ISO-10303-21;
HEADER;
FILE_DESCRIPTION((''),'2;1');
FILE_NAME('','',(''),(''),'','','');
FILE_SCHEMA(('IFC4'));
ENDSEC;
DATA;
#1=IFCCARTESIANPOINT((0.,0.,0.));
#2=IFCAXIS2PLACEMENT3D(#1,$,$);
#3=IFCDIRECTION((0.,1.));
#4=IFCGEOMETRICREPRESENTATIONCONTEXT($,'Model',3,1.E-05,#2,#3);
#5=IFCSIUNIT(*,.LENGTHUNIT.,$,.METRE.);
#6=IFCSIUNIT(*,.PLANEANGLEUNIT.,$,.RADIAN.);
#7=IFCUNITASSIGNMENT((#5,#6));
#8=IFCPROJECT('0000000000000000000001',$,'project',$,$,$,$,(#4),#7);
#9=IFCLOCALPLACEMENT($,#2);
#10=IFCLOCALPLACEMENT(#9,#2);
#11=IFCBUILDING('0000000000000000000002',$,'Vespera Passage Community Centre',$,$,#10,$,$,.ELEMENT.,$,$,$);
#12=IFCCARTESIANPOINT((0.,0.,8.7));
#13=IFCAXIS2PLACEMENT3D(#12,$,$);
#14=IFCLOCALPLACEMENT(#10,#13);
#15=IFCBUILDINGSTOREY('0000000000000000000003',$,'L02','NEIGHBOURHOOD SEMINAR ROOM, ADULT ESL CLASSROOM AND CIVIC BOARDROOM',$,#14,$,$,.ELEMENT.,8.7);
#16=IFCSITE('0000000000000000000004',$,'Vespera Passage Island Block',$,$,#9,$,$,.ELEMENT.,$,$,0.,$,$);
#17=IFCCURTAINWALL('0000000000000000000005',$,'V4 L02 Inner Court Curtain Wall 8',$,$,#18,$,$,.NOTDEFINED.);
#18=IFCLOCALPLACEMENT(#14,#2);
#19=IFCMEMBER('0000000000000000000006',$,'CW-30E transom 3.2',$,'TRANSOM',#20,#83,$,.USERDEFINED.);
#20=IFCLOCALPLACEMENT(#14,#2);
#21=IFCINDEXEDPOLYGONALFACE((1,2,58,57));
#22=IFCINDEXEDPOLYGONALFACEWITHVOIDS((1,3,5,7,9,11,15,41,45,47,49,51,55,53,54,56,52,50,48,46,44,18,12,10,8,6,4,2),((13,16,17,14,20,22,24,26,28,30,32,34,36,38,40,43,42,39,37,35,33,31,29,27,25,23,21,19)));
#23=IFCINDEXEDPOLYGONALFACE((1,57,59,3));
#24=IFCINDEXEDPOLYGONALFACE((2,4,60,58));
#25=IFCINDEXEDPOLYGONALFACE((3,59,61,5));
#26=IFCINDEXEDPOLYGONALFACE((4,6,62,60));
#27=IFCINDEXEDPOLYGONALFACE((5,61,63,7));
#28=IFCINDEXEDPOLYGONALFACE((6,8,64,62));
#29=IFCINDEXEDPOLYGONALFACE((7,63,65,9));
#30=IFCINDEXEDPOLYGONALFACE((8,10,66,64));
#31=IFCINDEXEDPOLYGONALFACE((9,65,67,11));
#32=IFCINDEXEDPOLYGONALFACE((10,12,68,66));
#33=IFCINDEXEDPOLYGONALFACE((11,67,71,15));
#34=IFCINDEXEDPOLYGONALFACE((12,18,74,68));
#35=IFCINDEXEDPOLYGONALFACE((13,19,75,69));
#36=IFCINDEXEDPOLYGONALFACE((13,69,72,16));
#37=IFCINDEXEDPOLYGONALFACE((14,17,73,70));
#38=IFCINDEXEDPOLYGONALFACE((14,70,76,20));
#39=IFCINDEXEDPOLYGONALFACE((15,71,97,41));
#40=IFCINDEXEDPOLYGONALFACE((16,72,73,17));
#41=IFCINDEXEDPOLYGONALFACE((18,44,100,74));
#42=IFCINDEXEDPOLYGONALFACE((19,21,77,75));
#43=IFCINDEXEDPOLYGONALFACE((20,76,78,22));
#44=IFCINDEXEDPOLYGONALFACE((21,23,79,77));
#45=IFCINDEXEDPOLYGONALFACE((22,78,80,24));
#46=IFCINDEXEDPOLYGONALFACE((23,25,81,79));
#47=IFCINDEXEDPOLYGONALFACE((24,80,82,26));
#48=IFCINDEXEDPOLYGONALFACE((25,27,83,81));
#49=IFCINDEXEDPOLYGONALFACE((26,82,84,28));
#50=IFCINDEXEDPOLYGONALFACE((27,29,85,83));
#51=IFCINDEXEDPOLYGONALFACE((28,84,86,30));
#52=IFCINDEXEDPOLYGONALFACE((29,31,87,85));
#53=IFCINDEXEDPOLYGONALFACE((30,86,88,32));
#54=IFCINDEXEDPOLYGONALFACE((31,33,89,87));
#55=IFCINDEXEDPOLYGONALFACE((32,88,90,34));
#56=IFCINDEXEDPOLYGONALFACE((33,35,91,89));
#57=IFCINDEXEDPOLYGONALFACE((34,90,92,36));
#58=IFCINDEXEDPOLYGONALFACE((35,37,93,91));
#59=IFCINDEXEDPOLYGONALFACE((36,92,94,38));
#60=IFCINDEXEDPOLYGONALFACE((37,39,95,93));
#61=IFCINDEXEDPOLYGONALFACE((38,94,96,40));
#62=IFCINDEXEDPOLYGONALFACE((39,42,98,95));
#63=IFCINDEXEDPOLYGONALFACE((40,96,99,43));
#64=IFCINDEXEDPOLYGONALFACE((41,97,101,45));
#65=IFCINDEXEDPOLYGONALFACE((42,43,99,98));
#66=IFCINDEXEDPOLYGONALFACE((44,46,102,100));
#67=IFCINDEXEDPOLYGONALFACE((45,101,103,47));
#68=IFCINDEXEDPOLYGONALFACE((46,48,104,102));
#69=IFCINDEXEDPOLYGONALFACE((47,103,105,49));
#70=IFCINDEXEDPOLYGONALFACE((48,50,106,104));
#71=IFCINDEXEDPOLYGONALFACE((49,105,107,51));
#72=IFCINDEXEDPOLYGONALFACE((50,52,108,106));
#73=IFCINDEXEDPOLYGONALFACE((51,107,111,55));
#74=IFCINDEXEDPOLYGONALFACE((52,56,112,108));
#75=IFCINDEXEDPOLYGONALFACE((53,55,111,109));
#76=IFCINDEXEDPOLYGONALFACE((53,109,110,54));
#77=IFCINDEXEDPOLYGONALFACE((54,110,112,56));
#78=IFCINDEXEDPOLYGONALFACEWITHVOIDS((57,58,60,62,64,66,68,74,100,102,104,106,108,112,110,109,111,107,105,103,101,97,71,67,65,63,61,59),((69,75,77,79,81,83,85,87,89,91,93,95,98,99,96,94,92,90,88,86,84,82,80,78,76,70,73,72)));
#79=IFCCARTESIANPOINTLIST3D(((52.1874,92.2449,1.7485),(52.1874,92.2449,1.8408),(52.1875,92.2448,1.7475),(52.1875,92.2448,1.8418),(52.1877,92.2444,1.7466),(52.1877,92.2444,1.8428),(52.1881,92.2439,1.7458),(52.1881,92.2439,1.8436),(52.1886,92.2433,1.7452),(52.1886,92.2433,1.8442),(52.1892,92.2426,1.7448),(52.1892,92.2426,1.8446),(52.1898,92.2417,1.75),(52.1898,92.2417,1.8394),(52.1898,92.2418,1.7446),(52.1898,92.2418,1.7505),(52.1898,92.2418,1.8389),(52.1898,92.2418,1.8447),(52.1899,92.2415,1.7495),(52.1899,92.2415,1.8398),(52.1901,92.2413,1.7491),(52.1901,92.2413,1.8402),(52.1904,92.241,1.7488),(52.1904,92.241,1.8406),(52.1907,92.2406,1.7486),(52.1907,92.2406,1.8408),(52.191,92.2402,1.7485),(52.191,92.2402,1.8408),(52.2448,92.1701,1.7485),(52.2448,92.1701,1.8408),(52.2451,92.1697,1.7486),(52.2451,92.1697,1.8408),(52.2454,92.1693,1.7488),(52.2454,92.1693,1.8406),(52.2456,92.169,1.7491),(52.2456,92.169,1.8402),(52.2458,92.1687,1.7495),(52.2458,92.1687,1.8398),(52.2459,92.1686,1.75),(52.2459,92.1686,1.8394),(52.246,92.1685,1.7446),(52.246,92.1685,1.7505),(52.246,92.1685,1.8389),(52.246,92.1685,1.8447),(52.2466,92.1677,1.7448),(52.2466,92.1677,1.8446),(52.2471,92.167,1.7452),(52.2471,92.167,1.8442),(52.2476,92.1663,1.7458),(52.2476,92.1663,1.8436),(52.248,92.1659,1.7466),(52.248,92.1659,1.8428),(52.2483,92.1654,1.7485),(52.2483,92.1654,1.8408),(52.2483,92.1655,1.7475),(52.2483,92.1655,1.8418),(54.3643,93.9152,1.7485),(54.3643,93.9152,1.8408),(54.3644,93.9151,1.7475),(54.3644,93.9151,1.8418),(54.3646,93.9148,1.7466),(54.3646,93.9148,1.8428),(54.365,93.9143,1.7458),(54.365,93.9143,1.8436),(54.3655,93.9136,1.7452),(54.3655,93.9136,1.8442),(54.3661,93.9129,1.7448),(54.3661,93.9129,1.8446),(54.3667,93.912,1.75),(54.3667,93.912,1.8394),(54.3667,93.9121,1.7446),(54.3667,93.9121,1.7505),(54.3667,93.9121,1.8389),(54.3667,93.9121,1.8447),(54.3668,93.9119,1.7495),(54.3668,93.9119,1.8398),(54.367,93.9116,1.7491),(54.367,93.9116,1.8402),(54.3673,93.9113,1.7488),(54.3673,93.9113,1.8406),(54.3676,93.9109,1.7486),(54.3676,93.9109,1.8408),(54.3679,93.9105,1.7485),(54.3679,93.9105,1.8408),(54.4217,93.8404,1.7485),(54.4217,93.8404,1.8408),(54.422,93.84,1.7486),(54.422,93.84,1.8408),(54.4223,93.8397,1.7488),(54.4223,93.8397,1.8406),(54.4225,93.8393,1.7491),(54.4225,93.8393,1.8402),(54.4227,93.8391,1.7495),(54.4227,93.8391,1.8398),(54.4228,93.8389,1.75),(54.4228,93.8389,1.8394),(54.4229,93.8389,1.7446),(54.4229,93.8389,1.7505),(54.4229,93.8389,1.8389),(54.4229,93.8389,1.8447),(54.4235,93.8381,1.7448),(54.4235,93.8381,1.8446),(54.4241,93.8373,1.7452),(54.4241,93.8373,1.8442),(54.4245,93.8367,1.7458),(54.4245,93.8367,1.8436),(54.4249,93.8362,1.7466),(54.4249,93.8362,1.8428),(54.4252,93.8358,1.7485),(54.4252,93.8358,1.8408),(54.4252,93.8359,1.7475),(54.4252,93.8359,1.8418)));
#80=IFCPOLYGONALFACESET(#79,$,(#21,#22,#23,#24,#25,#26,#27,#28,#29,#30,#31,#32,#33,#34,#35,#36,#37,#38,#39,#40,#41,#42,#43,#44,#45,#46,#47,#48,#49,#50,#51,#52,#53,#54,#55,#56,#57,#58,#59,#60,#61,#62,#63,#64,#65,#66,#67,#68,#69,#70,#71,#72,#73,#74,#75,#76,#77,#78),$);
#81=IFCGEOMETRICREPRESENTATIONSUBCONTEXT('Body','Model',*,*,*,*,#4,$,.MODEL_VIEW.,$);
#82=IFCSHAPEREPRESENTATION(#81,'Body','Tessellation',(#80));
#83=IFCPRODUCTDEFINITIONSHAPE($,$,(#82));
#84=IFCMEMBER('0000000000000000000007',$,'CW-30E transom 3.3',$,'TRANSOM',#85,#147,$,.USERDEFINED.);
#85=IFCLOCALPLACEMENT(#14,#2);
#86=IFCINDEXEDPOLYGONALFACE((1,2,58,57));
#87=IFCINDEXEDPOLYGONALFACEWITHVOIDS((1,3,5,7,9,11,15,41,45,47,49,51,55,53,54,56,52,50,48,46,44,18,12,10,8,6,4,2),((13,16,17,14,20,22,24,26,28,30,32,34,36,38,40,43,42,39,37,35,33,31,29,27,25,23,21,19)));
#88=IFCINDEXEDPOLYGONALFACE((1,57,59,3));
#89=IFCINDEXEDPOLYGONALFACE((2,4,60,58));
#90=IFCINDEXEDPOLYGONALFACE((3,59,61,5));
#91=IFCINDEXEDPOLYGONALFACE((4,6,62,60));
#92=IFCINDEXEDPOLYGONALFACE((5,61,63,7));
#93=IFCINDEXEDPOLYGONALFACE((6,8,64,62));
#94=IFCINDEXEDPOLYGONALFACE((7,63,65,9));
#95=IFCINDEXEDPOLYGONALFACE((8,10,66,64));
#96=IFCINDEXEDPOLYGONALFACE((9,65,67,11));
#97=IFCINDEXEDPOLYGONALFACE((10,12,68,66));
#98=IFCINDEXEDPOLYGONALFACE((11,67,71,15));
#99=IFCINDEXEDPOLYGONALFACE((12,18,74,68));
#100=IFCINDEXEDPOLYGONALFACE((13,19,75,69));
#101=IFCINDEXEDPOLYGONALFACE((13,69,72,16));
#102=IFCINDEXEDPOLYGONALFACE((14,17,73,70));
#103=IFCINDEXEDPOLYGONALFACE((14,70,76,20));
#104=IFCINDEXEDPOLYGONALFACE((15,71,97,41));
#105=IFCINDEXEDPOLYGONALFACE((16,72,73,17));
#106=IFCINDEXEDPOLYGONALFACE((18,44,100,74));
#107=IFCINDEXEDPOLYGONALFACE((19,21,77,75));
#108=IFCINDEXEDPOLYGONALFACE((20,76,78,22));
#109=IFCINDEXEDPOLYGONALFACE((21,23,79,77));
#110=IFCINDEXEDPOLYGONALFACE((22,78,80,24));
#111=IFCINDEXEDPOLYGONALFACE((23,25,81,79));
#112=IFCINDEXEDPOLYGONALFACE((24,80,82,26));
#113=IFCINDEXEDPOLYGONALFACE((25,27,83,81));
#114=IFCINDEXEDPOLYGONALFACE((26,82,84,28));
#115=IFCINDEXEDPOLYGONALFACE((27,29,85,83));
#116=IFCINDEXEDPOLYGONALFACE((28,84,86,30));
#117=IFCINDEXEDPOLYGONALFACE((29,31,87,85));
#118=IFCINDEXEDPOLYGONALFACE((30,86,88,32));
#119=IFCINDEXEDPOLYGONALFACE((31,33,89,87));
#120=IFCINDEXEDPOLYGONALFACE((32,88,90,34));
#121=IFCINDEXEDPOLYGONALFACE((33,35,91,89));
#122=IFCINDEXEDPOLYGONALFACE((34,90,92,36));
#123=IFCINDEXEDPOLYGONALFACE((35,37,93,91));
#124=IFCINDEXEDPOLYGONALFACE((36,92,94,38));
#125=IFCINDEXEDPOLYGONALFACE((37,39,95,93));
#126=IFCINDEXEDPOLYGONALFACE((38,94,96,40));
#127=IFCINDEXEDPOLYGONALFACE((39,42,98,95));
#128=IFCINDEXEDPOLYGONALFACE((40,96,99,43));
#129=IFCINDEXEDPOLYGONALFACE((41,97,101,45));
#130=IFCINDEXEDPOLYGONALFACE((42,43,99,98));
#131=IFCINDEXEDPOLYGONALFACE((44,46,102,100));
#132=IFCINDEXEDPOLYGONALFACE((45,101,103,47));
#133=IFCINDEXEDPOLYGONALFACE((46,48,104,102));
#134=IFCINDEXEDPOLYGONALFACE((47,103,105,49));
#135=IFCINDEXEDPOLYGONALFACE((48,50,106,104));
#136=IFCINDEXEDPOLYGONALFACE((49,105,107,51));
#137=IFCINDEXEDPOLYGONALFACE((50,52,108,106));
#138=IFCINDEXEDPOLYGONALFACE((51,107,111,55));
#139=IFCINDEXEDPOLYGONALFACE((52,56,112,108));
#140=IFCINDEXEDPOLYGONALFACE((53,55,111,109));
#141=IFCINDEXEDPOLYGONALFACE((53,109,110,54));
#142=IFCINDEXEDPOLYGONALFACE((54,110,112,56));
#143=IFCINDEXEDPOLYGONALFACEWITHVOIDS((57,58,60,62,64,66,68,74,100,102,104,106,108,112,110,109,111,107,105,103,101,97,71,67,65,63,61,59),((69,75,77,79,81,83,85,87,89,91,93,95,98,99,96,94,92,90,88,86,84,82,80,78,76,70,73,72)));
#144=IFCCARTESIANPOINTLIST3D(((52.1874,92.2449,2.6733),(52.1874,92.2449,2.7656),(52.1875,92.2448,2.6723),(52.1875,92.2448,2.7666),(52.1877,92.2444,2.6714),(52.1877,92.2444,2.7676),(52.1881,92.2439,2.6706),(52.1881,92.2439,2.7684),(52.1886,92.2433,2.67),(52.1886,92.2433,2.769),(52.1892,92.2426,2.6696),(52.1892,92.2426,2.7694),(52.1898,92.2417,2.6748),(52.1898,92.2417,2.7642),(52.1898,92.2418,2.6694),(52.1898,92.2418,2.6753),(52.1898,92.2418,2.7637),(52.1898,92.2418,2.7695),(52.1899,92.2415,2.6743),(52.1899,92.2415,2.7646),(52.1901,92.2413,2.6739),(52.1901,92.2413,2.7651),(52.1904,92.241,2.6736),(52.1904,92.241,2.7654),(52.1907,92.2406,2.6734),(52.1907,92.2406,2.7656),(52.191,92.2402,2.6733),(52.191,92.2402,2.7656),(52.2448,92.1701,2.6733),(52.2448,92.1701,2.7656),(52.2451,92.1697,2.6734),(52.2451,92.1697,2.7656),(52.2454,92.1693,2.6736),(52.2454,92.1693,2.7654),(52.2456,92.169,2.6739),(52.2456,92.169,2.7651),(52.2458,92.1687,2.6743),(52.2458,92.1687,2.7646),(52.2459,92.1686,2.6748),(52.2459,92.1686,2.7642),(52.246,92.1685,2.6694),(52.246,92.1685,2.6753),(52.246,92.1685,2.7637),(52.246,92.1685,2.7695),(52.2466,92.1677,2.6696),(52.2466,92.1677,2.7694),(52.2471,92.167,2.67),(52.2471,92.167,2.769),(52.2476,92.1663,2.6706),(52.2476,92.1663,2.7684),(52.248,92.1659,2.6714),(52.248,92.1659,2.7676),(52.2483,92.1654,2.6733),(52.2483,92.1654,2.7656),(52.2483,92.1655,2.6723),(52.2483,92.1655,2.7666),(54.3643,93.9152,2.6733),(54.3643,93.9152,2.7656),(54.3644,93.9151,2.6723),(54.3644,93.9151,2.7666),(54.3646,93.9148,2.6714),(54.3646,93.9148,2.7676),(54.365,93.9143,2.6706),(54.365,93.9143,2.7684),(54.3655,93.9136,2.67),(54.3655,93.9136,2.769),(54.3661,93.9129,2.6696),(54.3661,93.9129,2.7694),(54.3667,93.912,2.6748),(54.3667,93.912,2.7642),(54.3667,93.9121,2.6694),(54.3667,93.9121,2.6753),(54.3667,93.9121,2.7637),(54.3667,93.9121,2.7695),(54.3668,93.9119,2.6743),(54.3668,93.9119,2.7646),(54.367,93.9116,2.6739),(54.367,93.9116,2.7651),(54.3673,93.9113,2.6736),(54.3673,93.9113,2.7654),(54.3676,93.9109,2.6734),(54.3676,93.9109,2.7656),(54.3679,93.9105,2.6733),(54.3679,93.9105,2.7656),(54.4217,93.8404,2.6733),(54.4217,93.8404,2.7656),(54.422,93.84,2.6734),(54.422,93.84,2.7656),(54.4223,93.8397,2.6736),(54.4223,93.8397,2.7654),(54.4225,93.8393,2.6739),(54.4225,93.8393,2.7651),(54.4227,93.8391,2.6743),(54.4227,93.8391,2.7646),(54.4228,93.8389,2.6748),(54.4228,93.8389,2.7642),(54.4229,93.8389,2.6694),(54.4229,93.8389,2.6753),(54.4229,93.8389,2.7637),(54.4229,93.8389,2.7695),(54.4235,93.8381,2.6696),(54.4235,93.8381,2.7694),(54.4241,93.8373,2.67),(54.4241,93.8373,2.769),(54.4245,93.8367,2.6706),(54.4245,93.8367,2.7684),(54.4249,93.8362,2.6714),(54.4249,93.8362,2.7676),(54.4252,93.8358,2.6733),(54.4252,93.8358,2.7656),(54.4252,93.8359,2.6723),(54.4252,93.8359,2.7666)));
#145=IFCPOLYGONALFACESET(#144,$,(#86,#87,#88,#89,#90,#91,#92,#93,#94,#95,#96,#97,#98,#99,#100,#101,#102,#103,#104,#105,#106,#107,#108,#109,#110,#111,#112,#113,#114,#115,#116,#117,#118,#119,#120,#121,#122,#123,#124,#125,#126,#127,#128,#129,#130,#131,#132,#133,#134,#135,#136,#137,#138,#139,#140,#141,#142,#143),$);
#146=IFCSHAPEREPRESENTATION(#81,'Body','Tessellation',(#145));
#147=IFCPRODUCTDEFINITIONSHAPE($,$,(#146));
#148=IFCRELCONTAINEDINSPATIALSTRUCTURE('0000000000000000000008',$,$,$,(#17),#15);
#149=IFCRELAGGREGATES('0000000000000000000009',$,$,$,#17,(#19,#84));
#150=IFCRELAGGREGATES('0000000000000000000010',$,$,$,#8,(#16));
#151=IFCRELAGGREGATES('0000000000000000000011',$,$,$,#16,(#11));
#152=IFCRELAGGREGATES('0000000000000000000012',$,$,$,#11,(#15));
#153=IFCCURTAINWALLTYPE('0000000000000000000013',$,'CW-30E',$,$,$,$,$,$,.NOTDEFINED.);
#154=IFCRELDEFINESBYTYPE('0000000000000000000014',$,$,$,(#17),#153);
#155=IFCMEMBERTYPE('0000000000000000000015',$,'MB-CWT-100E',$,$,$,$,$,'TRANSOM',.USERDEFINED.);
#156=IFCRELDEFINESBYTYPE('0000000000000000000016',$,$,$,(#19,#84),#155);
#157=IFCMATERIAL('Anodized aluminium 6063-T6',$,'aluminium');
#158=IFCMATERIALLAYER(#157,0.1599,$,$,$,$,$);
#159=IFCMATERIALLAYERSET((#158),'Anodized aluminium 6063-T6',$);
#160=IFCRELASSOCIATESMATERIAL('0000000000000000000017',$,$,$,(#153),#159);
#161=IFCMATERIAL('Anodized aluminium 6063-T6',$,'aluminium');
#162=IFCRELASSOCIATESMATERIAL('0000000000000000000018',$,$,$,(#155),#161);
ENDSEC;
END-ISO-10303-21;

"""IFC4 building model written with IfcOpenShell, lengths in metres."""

from ifc_helpers import new_model, si_unit, direction, frame, origin, origin_2d, place, context, subcontext, project, spatial, hollow_rectangle, extrude, material, layer, layer_set, material_profile, profile_set, type_object, element, aggregate, save


model = new_model("IFC4")

# Units and contexts
model_context = context("Model", 3, precision=1e-05, world=origin(), true_north=direction((0.0, 1.0)))
body_context = subcontext(model_context, "Body", "Model", "MODEL_VIEW")
ifc_project = project(units=[si_unit("LENGTHUNIT", "METRE"), si_unit("PLANEANGLEUNIT", "RADIAN")], contexts=[model_context])

# Site, building, storey
site_placement = place(None, origin())
site = spatial("IfcSite", under=ifc_project, at=site_placement, Name="Vespera Passage Island Block", CompositionType="ELEMENT", RefElevation=0.0)
building_placement = place(site_placement, origin())
building = spatial("IfcBuilding", under=site, at=building_placement, Name="Vespera Passage Community Centre", CompositionType="ELEMENT")
storey_placement = place(building_placement, frame((0.0, 0.0, 8.7)))
storey = spatial("IfcBuildingStorey", under=building, at=storey_placement, Name="L02", Description="NEIGHBOURHOOD SEMINAR ROOM, ADULT ESL CLASSROOM AND CIVIC BOARDROOM", CompositionType="ELEMENT", Elevation=8.7)

# Curtain wall
ifc_material_1 = material(Name="Anodized aluminium 6063-T6", Category="aluminium")
ifc_layer_1 = layer(ifc_material_1, 0.1599)
ifc_layer_set_1 = layer_set([ifc_layer_1], Name="Anodized aluminium 6063-T6")
curtain_wall_type_1 = type_object("IfcCurtainWallType", Name="CW-30E", PredefinedType="NOTDEFINED", material=ifc_layer_set_1)
curtain_wall_1_placement = place(storey_placement, origin())
curtain_wall_1 = element("IfcCurtainWall", 1, at=curtain_wall_1_placement, inside=storey, type_object=curtain_wall_type_1, Name="V4 L02 Inner Court Curtain Wall 8", PredefinedType="NOTDEFINED")

# Members
ifc_material_2 = material(Name="Anodized aluminium 6063-T6", Category="aluminium")
ifc_material_profile_1 = material_profile(ifc_material_2, hollow_rectangle(XDim=0.1001, YDim=0.1001, WallThickness=0.0039, InnerFilletRadius=0.002, OuterFilletRadius=0.0039, at=origin_2d()), Name="ALU100X100X4")
ifc_profile_set_1 = profile_set([ifc_material_profile_1], Name="Anodized aluminium 6063-T6")
member_type_1 = type_object("IfcMemberType", Name="MB-CWT-100E", ElementType="TRANSOM", PredefinedType="USERDEFINED", material=ifc_profile_set_1)
member_1_placement = place(storey_placement, frame((54.3948, 93.8755, 1.7947), z_axis=(-0.793364, -0.608747, 0.0), x_axis=(0.608747, -0.793364, 0.0)))
member_1 = element("IfcMember", 2, at=member_1_placement, type_object=member_type_1, Name="CW-30E transom 3.2", ObjectType="TRANSOM", PredefinedType="USERDEFINED", context=body_context, shape_type="SweptSolid", body=[
    extrude(hollow_rectangle(XDim=0.1001, YDim=0.1001, WallThickness=0.0039, InnerFilletRadius=0.002, OuterFilletRadius=0.0039, at=origin_2d()), origin(), (0.0, 0.0, 1.0), 2.7439),
])
member_2_placement = place(storey_placement, frame((54.3948, 93.8755, 2.7195), z_axis=(-0.793364, -0.608747, 0.0), x_axis=(0.608747, -0.793364, 0.0)))
member_2 = element("IfcMember", 3, at=member_2_placement, type_object=member_type_1, Name="CW-30E transom 3.3", ObjectType="TRANSOM", PredefinedType="USERDEFINED", context=body_context, shape_type="SweptSolid", body=[
    extrude(hollow_rectangle(XDim=0.1001, YDim=0.1001, WallThickness=0.0039, InnerFilletRadius=0.002, OuterFilletRadius=0.0039, at=origin_2d()), origin(), (0.0, 0.0, 1.0), 2.7439),
])

aggregate(curtain_wall_1, [member_1, member_2])

save(model, "model.ifc")
